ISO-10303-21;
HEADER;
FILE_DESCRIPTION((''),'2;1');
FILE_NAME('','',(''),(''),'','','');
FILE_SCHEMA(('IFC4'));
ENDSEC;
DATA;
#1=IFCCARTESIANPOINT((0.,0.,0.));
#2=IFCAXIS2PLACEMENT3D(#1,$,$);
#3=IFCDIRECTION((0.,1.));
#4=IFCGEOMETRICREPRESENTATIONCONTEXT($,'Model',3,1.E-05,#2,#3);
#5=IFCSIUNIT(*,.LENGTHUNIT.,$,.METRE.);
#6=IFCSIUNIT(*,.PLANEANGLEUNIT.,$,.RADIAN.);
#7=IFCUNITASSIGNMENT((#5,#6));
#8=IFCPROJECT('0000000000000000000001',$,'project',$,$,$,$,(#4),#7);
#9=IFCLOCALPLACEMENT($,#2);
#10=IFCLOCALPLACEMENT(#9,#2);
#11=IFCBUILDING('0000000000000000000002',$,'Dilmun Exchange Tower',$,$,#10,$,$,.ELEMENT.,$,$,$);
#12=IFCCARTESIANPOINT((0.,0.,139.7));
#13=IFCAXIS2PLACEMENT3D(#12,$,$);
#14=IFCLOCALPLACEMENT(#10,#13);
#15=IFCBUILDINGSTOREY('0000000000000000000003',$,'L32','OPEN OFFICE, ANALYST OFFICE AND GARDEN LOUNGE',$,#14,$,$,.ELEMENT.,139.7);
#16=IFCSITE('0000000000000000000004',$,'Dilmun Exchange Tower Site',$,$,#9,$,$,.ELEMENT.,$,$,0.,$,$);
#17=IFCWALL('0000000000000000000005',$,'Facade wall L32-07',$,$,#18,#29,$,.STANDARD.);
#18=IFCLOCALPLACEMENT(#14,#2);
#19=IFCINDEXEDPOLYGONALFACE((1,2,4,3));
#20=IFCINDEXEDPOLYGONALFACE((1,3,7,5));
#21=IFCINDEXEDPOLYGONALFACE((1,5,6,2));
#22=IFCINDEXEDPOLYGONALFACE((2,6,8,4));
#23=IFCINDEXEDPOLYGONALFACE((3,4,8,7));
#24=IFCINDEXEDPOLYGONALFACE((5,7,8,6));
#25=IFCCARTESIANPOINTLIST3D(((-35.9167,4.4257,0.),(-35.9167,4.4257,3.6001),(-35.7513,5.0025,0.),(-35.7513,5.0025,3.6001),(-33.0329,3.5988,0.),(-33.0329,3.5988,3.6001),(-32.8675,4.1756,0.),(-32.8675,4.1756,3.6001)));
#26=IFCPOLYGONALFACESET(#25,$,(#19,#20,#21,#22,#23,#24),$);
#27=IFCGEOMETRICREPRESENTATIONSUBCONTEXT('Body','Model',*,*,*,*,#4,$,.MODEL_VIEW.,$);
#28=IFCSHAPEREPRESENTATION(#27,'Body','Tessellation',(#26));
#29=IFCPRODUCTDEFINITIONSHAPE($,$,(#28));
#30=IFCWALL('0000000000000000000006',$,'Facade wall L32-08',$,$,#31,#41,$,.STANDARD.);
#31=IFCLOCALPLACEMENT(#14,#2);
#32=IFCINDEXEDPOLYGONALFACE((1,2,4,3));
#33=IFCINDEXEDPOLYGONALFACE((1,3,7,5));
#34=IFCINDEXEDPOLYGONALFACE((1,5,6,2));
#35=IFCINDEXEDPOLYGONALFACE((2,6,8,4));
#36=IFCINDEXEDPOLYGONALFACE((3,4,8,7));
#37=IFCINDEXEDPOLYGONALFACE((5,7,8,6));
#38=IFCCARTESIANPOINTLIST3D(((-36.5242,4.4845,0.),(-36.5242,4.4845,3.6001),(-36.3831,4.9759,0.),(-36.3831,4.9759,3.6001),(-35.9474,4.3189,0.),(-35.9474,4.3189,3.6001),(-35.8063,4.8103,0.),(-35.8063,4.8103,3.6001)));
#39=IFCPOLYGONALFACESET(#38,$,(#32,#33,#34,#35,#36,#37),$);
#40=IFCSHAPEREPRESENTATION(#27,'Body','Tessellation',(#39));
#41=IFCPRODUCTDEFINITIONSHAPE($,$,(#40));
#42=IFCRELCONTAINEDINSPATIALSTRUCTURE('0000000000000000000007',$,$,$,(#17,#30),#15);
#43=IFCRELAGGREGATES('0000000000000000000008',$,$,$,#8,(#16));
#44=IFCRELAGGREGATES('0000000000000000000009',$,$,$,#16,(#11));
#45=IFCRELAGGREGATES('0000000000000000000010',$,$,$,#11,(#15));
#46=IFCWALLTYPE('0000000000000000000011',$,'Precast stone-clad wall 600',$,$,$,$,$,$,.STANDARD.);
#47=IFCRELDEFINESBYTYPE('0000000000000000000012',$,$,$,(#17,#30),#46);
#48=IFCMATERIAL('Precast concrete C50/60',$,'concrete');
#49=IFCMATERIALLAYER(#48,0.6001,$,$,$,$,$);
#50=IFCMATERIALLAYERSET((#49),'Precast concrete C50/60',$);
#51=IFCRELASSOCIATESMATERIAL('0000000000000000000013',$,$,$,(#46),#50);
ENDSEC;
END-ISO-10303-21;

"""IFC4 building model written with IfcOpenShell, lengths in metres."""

from ifc_helpers import new_model, si_unit, direction, frame, frame_2d, origin, place, context, subcontext, project, spatial, rectangle, extrude, material, layer, layer_set, type_object, element, save


model = new_model("IFC4")

# Units and contexts
model_context = context("Model", 3, precision=1e-05, world=origin(), true_north=direction((0.0, 1.0)))
body_context = subcontext(model_context, "Body", "Model", "MODEL_VIEW")
ifc_project = project(units=[si_unit("LENGTHUNIT", "METRE"), si_unit("PLANEANGLEUNIT", "RADIAN")], contexts=[model_context])

# Site, building, storey
site_placement = place(None, origin())
site = spatial("IfcSite", under=ifc_project, at=site_placement, Name="Dilmun Exchange Tower Site", CompositionType="ELEMENT", RefElevation=0.0)
building_placement = place(site_placement, origin())
building = spatial("IfcBuilding", under=site, at=building_placement, Name="Dilmun Exchange Tower", CompositionType="ELEMENT")
storey_placement = place(building_placement, frame((0.0, 0.0, 139.7)))
storey = spatial("IfcBuildingStorey", under=building, at=storey_placement, Name="L32", Description="OPEN OFFICE, ANALYST OFFICE AND GARDEN LOUNGE", CompositionType="ELEMENT", Elevation=139.7)

# Shared definitions
ifc_material_1 = material(Name="Precast concrete C50/60", Category="concrete")
ifc_layer_1 = layer(ifc_material_1, 0.6001)
ifc_layer_set_1 = layer_set([ifc_layer_1], Name="Precast concrete C50/60")
wall_type_1 = type_object("IfcWallType", Name="Precast stone-clad wall 600", PredefinedType="STANDARD", material=ifc_layer_set_1)

# Walls
wall_1_placement = place(storey_placement, frame((-32.9502, 3.8872, 0.0), z_axis=(0.0, 0.0, 1.0), x_axis=(-0.961262, 0.275635, 0.0)))
element("IfcWall", 1, at=wall_1_placement, inside=storey, type_object=wall_type_1, Name="Facade wall L32-07", PredefinedType="STANDARD", context=body_context, shape_type="SweptSolid", body=[
    extrude(rectangle(XDim=3.0, YDim=0.6001, at=frame_2d((1.5, 0.0))), origin(), (0.0, 0.0, 1.0), 3.6001),
])
wall_2_placement = place(storey_placement, frame((-36.0947, 4.8931, 0.0), z_axis=(0.0, 0.0, 1.0), x_axis=(-0.275982, -0.961163, 0.0)))
element("IfcWall", 2, at=wall_2_placement, inside=storey, type_object=wall_type_1, Name="Facade wall L32-08", PredefinedType="STANDARD", context=body_context, shape_type="SweptSolid", body=[
    extrude(rectangle(XDim=0.5112, YDim=0.6001, at=frame_2d((0.2556, 0.0))), origin(), (0.0, 0.0, 1.0), 3.6001),
])

save(model, "model.ifc")
